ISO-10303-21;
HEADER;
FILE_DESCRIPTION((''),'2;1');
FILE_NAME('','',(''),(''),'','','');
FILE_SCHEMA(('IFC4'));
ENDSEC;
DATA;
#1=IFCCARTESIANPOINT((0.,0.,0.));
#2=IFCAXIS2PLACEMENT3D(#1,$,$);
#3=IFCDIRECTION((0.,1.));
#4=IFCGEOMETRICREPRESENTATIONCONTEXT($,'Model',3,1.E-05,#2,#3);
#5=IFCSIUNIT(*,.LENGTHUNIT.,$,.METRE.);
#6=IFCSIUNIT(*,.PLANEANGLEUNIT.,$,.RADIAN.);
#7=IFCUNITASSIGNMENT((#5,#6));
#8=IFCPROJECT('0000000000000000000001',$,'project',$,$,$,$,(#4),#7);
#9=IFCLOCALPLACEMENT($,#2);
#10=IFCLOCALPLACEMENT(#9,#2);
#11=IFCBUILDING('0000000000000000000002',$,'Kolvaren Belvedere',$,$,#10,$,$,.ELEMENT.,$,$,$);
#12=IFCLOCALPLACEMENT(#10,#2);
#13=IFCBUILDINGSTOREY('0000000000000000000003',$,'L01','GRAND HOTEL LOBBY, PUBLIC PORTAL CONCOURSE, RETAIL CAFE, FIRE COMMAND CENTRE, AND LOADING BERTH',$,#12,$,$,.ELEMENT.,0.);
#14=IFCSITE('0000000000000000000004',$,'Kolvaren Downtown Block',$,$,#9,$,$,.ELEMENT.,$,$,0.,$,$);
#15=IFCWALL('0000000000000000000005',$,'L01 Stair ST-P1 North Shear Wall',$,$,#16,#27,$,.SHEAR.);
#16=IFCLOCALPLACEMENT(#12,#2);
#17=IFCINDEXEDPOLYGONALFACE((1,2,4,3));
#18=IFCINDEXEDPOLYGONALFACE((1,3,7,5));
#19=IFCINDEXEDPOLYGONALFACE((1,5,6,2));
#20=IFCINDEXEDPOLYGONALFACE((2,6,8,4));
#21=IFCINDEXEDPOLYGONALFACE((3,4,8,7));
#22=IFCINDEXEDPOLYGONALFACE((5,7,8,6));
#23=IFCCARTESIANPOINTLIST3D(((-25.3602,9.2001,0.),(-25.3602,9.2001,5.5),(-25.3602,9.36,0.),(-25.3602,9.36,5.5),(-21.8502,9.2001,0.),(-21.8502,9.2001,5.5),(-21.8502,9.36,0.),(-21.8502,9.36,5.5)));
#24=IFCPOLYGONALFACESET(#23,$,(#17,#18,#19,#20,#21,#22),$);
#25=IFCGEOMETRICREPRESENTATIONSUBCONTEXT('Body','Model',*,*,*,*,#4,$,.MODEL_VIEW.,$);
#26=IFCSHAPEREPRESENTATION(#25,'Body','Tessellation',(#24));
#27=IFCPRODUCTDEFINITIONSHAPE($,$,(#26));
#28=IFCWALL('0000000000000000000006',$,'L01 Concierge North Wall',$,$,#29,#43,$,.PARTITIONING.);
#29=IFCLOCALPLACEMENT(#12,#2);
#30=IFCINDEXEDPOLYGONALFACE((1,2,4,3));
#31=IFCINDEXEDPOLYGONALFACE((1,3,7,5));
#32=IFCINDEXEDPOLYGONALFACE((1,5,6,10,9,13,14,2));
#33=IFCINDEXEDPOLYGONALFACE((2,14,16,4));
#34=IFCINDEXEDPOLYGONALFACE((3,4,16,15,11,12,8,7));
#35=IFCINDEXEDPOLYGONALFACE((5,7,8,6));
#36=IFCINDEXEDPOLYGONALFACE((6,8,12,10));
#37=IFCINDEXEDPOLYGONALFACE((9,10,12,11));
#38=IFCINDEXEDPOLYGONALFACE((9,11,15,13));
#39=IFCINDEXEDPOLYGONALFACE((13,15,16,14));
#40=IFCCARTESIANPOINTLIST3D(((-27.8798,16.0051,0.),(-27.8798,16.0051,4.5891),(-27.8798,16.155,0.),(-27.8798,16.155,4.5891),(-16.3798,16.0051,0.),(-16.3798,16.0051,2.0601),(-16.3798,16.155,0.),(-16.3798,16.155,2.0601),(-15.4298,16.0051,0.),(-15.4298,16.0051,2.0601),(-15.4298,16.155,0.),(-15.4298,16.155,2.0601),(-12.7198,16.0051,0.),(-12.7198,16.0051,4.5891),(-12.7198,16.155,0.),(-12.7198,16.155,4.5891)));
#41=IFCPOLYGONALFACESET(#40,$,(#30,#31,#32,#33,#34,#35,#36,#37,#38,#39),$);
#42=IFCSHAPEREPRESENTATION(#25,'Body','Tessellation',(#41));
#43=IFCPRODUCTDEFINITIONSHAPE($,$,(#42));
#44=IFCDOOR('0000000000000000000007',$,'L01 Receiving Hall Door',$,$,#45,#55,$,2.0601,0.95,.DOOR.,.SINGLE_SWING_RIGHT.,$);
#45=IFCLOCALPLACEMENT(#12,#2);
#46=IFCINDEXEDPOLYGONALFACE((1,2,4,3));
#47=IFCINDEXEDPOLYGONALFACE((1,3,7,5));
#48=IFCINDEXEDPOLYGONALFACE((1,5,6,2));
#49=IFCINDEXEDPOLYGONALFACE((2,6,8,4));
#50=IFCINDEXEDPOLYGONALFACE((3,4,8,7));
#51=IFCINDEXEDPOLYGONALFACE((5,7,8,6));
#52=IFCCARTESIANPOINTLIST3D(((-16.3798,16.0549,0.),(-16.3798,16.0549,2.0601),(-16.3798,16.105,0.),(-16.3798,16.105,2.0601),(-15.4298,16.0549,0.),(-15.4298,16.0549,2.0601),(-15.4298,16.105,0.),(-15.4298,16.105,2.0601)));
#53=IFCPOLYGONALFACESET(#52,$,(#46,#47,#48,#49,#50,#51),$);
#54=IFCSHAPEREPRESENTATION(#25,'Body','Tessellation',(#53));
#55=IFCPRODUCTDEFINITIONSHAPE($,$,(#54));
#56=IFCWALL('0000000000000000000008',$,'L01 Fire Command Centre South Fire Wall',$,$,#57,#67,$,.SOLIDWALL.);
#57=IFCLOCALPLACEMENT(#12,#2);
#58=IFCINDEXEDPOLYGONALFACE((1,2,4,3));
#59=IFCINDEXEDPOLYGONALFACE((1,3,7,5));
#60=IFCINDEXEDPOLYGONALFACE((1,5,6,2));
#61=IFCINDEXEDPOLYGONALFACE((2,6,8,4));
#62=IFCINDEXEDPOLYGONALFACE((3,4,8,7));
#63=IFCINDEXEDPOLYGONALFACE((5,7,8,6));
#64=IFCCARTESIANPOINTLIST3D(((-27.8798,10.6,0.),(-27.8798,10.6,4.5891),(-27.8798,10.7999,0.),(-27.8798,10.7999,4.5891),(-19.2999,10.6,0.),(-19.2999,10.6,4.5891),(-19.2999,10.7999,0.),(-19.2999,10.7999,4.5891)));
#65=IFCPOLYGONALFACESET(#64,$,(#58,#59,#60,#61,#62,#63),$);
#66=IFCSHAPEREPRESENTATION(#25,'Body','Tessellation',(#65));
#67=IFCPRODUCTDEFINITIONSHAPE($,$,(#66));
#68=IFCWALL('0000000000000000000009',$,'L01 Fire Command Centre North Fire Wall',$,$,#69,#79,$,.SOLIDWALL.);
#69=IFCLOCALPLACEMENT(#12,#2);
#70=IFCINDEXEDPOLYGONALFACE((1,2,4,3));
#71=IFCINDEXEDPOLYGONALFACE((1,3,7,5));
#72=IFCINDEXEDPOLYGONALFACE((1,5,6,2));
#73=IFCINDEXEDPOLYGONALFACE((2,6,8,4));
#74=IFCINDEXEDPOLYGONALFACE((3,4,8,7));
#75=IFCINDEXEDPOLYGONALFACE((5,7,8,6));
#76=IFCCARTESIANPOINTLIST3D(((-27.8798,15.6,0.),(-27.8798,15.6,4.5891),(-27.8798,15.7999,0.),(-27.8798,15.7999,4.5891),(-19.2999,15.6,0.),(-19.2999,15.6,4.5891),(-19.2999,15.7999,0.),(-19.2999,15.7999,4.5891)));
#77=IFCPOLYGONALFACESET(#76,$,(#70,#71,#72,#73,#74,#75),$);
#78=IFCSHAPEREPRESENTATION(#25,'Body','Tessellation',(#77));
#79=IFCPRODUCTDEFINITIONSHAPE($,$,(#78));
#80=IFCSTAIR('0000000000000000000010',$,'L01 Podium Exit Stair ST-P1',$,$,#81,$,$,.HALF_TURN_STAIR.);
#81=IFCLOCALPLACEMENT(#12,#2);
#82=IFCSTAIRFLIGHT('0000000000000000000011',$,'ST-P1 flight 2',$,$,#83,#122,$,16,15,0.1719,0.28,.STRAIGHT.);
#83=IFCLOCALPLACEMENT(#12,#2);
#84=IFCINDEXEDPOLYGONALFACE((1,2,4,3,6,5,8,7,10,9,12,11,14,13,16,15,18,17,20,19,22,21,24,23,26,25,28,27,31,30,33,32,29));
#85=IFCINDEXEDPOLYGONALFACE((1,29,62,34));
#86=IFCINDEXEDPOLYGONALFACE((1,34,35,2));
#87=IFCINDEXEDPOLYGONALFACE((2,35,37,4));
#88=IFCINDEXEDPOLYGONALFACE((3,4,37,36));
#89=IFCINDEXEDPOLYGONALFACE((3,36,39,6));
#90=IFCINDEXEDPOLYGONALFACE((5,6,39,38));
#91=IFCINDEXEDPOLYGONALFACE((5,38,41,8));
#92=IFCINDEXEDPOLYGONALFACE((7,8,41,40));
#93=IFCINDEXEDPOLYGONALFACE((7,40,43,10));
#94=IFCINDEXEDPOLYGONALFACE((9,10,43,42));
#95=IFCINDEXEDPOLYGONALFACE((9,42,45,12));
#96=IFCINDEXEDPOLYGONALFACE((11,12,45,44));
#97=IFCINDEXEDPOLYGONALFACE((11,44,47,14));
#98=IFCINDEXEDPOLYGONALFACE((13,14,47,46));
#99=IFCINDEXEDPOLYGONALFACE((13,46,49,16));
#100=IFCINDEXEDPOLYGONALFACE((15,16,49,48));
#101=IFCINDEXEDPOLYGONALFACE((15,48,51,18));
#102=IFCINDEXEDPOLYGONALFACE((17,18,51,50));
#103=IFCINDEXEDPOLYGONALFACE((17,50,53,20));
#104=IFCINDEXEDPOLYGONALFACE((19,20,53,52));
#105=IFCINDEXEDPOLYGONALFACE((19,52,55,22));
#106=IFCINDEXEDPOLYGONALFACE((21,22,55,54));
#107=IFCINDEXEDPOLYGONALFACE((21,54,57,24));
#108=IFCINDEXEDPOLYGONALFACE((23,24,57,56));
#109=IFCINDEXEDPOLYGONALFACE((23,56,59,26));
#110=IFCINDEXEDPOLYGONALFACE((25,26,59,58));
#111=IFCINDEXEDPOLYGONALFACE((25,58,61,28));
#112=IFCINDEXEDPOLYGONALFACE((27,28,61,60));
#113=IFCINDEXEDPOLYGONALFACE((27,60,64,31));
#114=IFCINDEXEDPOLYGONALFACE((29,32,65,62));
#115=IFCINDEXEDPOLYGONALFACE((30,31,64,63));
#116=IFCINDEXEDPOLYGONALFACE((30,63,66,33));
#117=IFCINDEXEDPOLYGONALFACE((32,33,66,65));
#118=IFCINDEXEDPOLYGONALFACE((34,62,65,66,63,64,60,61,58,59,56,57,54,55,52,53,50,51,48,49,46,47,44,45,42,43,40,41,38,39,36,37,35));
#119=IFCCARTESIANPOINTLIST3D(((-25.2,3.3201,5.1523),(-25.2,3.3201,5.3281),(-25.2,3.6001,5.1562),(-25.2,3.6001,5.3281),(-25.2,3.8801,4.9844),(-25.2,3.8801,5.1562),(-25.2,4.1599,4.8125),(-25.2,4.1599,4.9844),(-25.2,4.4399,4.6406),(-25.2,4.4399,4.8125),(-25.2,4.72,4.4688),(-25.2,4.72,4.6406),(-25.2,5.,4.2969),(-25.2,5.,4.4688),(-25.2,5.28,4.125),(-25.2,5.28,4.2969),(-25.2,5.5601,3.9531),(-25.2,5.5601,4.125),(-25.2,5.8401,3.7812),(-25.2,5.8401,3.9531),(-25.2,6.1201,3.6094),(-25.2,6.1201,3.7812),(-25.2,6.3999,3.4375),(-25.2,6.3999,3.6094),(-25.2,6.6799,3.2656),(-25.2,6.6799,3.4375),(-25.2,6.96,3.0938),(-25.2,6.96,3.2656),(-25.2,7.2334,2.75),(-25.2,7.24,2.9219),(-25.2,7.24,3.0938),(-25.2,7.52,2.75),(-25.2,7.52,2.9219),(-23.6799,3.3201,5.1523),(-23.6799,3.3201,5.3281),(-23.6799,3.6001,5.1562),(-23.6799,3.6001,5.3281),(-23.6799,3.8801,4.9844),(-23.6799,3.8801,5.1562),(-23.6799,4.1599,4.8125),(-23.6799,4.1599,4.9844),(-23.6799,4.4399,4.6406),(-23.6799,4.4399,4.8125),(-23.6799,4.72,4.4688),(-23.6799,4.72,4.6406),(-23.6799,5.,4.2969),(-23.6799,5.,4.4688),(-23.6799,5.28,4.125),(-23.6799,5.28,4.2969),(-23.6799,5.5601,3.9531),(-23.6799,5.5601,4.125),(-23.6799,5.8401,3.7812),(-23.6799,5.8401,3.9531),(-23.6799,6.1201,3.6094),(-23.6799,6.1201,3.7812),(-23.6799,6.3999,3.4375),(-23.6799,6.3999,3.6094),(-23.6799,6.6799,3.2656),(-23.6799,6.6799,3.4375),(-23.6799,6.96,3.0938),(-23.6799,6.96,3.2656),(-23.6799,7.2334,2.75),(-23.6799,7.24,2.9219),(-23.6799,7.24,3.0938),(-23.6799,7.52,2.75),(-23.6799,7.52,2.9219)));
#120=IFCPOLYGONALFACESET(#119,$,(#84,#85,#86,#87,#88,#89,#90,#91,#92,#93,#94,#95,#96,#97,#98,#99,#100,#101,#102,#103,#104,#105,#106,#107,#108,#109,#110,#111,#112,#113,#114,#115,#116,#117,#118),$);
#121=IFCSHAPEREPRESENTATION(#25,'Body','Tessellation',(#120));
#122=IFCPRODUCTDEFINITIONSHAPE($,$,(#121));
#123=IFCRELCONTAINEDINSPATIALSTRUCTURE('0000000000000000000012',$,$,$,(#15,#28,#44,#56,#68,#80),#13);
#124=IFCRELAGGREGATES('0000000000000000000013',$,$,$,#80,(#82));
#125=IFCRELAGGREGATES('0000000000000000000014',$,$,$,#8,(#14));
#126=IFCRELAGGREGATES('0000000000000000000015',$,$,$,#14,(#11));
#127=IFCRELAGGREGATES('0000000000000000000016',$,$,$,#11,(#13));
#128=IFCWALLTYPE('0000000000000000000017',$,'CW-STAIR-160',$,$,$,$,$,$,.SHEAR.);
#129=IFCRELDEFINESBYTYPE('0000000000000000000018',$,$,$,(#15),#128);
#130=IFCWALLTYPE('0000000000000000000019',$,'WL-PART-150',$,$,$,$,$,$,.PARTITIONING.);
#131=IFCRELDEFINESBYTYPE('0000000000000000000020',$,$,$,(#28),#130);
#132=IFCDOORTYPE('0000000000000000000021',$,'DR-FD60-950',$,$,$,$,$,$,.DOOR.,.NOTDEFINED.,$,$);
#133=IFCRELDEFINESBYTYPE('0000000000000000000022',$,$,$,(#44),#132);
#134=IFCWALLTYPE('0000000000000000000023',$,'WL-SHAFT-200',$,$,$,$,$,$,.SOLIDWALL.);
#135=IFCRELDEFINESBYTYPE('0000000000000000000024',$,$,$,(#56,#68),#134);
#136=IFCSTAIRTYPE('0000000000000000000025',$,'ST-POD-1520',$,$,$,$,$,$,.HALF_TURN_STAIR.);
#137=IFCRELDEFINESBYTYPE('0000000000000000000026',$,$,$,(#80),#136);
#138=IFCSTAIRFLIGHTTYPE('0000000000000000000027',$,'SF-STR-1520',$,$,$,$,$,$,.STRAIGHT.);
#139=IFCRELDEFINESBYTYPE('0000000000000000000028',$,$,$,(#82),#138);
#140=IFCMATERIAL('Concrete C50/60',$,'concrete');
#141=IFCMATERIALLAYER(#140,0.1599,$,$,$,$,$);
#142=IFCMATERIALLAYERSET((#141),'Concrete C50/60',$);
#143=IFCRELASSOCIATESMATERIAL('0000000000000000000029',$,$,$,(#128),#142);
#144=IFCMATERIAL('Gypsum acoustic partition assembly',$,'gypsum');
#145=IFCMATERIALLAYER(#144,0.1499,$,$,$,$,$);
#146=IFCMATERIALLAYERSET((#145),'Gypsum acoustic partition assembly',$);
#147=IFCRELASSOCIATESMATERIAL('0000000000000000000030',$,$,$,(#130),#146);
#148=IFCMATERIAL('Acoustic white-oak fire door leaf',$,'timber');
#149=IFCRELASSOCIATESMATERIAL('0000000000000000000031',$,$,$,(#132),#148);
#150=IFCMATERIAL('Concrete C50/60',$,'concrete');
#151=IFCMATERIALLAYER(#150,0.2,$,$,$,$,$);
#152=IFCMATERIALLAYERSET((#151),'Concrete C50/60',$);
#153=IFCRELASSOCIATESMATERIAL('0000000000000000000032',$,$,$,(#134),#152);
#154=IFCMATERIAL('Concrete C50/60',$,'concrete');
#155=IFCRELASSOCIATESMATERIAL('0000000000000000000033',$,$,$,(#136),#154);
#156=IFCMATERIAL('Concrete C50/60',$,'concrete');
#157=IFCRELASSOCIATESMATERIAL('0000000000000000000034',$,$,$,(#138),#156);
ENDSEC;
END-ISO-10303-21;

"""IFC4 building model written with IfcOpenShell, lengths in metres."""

from ifc_helpers import new_model, si_unit, direction, frame, frame_2d, origin, place, context, subcontext, project, spatial, polyline, rectangle, outline, extrude, material, layer, layer_set, type_object, element, fill, aggregate, save


model = new_model("IFC4")

# Units and contexts
model_context = context("Model", 3, precision=1e-05, world=origin(), true_north=direction((0.0, 1.0)))
body_context = subcontext(model_context, "Body", "Model", "MODEL_VIEW")
ifc_project = project(units=[si_unit("LENGTHUNIT", "METRE"), si_unit("PLANEANGLEUNIT", "RADIAN")], contexts=[model_context])

# Site, building, storey
site_placement = place(None, origin())
site = spatial("IfcSite", under=ifc_project, at=site_placement, Name="Kolvaren Downtown Block", CompositionType="ELEMENT", RefElevation=0.0)
building_placement = place(site_placement, origin())
building = spatial("IfcBuilding", under=site, at=building_placement, Name="Kolvaren Belvedere", CompositionType="ELEMENT")
storey_placement = place(building_placement, origin())
storey = spatial("IfcBuildingStorey", under=building, at=storey_placement, Name="L01", Description="GRAND HOTEL LOBBY, PUBLIC PORTAL CONCOURSE, RETAIL CAFE, FIRE COMMAND CENTRE, AND LOADING BERTH", CompositionType="ELEMENT", Elevation=0.0)

# Wall
ifc_material_1 = material(Name="Concrete C50/60", Category="concrete")
ifc_layer_1 = layer(ifc_material_1, 0.1599)
ifc_layer_set_1 = layer_set([ifc_layer_1], Name="Concrete C50/60")
wall_type_1 = type_object("IfcWallType", Name="CW-STAIR-160", PredefinedType="SHEAR", material=ifc_layer_set_1)
wall_1_placement = place(storey_placement, frame((-25.3601, 9.28, 0.0), z_axis=(0.0, 0.0, 1.0), x_axis=(1.0, 0.0, 0.0)))
element("IfcWall", 1, at=wall_1_placement, inside=storey, type_object=wall_type_1, Name="L01 Stair ST-P1 North Shear Wall", PredefinedType="SHEAR", context=body_context, shape_type="SweptSolid", body=[
    extrude(rectangle(XDim=3.51, YDim=0.1599, at=frame_2d((1.7549, 0.0))), origin(), (0.0, 0.0, 1.0), 5.5),
])

# Wall, opening, door
ifc_material_2 = material(Name="Gypsum acoustic partition assembly", Category="gypsum")
ifc_layer_2 = layer(ifc_material_2, 0.1499)
ifc_layer_set_2 = layer_set([ifc_layer_2], Name="Gypsum acoustic partition assembly")
wall_type_2 = type_object("IfcWallType", Name="WL-PART-150", PredefinedType="PARTITIONING", material=ifc_layer_set_2)
wall_2_placement = place(storey_placement, frame((-27.8799, 16.0801, 0.0), z_axis=(0.0, 0.0, 1.0), x_axis=(1.0, 0.0, 0.0)))
wall_2 = element("IfcWall", 2, at=wall_2_placement, inside=storey, type_object=wall_type_2, Name="L01 Concierge North Wall", PredefinedType="PARTITIONING", context=body_context, shape_type="SweptSolid", body=[
    extrude(rectangle(XDim=15.1599, YDim=0.1499, at=frame_2d((7.5801, 0.0))), origin(), (0.0, 0.0, 1.0), 4.5891),
])
opening_1_placement = place(wall_2_placement, frame((11.5, 0.0, 0.0)))
opening_1 = element("IfcOpeningElement", 3, at=opening_1_placement, cuts=wall_2, PredefinedType="OPENING", context=body_context, shape_type="SweptSolid", body=[
    extrude(rectangle(XDim=0.95, YDim=2.0601, at=frame_2d((0.4751, 1.03))), frame((0.0, 0.085, 0.0), z_axis=(0.0, -1.0, 0.0), x_axis=(1.0, 0.0, 0.0)), (0.0, 0.0, 1.0), 0.1699),
])
ifc_material_3 = material(Name="Acoustic white-oak fire door leaf", Category="timber")
door_type_1 = type_object("IfcDoorType", Name="DR-FD60-950", OperationType="NOTDEFINED", PredefinedType="DOOR", material=ifc_material_3)
door_1_placement = place(opening_1_placement, origin())
door_1 = element("IfcDoor", 4, at=door_1_placement, inside=storey, type_object=door_type_1, Name="L01 Receiving Hall Door", OperationType="SINGLE_SWING_RIGHT", OverallHeight=2.0601, OverallWidth=0.95, PredefinedType="DOOR", context=body_context, shape_type="SweptSolid", body=[
    extrude(rectangle(XDim=0.95, YDim=2.0601, at=frame_2d((0.4751, 1.03))), frame((0.0, 0.0249, 0.0), z_axis=(0.0, -1.0, 0.0), x_axis=(1.0, 0.0, 0.0)), (0.0, 0.0, 1.0), 0.05),
])
fill(opening_1, door_1)

# Walls
ifc_material_4 = material(Name="Concrete C50/60", Category="concrete")
ifc_layer_3 = layer(ifc_material_4, 0.2)
ifc_layer_set_3 = layer_set([ifc_layer_3], Name="Concrete C50/60")
wall_type_3 = type_object("IfcWallType", Name="WL-SHAFT-200", PredefinedType="SOLIDWALL", material=ifc_layer_set_3)
for number, where, z_axis, x_axis, name in (
    (5, (-27.8799, 10.7, 0.0), (0.0, 0.0, 1.0), (1.0, 0.0, 0.0), "L01 Fire Command Centre South Fire Wall"),
    (6, (-27.8799, 15.7, 0.0), (0.0, 0.0, 1.0), (1.0, 0.0, 0.0), "L01 Fire Command Centre North Fire Wall"),
):
    element("IfcWall", number, at=place(storey_placement, frame(where, z_axis=z_axis, x_axis=x_axis)), inside=storey, type_object=wall_type_3, Name=name, PredefinedType="SOLIDWALL", context=body_context, shape_type="SweptSolid", body=[
        extrude(rectangle(XDim=8.5798, YDim=0.2, at=frame_2d((4.29, 0.0))), origin(), (0.0, 0.0, 1.0), 4.5891),
    ])

# Stair, stair flight
ifc_material_5 = material(Name="Concrete C50/60", Category="concrete")
stair_type = type_object("IfcStairType", Name="ST-POD-1520", PredefinedType="HALF_TURN_STAIR", material=ifc_material_5)
stair_placement = place(storey_placement, origin())
stair = element("IfcStair", 7, at=stair_placement, inside=storey, type_object=stair_type, Name="L01 Podium Exit Stair ST-P1", PredefinedType="HALF_TURN_STAIR")
ifc_material_6 = material(Name="Concrete C50/60", Category="concrete")
stair_flight_type = type_object("IfcStairFlightType", Name="SF-STR-1520", PredefinedType="STRAIGHT", material=ifc_material_6)
stair_flight_placement = place(storey_placement, frame((-24.4399, 7.52, 2.75), z_axis=(0.0, 0.0, 1.0), x_axis=(0.0, -1.0, 0.0)))
stair_flight = element("IfcStairFlight", 8, at=stair_flight_placement, type_object=stair_flight_type, Name="ST-P1 flight 2", NumberOfRisers=16, NumberOfTreads=15, PredefinedType="STRAIGHT", RiserHeight=0.1719, TreadLength=0.28, context=body_context, shape_type="SweptSolid", body=[
    extrude(outline(polyline([(0.0, 0.0), (0.0, 0.1719), (0.28, 0.1719), (0.28, 0.3438), (0.5601, 0.3438), (0.5601, 0.5156), (0.8401, 0.5156), (0.8401, 0.6875), (1.1201, 0.6875), (1.1201, 0.8594), (1.3999, 0.8594), (1.3999, 1.0312), (1.6799, 1.0312), (1.6799, 1.2031), (1.96, 1.2031), (1.96, 1.375), (2.24, 1.375), (2.24, 1.5469), (2.52, 1.5469), (2.52, 1.7188), (2.8, 1.7188), (2.8, 1.8906), (3.0801, 1.8906), (3.0801, 2.0625), (3.3601, 2.0625), (3.3601, 2.2344), (3.6399, 2.2344), (3.6399, 2.4062), (3.9199, 2.4062), (3.9199, 2.5781), (4.2, 2.5781), (4.2, 2.75), (4.2, 2.4023), (0.2866, 0.0), (0.0, 0.0)])), frame((0.0, 0.76, 0.0), z_axis=(0.0, -1.0, 0.0), x_axis=(1.0, 0.0, 0.0)), (0.0, 0.0, 1.0), 1.52),
])
aggregate(stair, [stair_flight])

save(model, "model.ifc")
